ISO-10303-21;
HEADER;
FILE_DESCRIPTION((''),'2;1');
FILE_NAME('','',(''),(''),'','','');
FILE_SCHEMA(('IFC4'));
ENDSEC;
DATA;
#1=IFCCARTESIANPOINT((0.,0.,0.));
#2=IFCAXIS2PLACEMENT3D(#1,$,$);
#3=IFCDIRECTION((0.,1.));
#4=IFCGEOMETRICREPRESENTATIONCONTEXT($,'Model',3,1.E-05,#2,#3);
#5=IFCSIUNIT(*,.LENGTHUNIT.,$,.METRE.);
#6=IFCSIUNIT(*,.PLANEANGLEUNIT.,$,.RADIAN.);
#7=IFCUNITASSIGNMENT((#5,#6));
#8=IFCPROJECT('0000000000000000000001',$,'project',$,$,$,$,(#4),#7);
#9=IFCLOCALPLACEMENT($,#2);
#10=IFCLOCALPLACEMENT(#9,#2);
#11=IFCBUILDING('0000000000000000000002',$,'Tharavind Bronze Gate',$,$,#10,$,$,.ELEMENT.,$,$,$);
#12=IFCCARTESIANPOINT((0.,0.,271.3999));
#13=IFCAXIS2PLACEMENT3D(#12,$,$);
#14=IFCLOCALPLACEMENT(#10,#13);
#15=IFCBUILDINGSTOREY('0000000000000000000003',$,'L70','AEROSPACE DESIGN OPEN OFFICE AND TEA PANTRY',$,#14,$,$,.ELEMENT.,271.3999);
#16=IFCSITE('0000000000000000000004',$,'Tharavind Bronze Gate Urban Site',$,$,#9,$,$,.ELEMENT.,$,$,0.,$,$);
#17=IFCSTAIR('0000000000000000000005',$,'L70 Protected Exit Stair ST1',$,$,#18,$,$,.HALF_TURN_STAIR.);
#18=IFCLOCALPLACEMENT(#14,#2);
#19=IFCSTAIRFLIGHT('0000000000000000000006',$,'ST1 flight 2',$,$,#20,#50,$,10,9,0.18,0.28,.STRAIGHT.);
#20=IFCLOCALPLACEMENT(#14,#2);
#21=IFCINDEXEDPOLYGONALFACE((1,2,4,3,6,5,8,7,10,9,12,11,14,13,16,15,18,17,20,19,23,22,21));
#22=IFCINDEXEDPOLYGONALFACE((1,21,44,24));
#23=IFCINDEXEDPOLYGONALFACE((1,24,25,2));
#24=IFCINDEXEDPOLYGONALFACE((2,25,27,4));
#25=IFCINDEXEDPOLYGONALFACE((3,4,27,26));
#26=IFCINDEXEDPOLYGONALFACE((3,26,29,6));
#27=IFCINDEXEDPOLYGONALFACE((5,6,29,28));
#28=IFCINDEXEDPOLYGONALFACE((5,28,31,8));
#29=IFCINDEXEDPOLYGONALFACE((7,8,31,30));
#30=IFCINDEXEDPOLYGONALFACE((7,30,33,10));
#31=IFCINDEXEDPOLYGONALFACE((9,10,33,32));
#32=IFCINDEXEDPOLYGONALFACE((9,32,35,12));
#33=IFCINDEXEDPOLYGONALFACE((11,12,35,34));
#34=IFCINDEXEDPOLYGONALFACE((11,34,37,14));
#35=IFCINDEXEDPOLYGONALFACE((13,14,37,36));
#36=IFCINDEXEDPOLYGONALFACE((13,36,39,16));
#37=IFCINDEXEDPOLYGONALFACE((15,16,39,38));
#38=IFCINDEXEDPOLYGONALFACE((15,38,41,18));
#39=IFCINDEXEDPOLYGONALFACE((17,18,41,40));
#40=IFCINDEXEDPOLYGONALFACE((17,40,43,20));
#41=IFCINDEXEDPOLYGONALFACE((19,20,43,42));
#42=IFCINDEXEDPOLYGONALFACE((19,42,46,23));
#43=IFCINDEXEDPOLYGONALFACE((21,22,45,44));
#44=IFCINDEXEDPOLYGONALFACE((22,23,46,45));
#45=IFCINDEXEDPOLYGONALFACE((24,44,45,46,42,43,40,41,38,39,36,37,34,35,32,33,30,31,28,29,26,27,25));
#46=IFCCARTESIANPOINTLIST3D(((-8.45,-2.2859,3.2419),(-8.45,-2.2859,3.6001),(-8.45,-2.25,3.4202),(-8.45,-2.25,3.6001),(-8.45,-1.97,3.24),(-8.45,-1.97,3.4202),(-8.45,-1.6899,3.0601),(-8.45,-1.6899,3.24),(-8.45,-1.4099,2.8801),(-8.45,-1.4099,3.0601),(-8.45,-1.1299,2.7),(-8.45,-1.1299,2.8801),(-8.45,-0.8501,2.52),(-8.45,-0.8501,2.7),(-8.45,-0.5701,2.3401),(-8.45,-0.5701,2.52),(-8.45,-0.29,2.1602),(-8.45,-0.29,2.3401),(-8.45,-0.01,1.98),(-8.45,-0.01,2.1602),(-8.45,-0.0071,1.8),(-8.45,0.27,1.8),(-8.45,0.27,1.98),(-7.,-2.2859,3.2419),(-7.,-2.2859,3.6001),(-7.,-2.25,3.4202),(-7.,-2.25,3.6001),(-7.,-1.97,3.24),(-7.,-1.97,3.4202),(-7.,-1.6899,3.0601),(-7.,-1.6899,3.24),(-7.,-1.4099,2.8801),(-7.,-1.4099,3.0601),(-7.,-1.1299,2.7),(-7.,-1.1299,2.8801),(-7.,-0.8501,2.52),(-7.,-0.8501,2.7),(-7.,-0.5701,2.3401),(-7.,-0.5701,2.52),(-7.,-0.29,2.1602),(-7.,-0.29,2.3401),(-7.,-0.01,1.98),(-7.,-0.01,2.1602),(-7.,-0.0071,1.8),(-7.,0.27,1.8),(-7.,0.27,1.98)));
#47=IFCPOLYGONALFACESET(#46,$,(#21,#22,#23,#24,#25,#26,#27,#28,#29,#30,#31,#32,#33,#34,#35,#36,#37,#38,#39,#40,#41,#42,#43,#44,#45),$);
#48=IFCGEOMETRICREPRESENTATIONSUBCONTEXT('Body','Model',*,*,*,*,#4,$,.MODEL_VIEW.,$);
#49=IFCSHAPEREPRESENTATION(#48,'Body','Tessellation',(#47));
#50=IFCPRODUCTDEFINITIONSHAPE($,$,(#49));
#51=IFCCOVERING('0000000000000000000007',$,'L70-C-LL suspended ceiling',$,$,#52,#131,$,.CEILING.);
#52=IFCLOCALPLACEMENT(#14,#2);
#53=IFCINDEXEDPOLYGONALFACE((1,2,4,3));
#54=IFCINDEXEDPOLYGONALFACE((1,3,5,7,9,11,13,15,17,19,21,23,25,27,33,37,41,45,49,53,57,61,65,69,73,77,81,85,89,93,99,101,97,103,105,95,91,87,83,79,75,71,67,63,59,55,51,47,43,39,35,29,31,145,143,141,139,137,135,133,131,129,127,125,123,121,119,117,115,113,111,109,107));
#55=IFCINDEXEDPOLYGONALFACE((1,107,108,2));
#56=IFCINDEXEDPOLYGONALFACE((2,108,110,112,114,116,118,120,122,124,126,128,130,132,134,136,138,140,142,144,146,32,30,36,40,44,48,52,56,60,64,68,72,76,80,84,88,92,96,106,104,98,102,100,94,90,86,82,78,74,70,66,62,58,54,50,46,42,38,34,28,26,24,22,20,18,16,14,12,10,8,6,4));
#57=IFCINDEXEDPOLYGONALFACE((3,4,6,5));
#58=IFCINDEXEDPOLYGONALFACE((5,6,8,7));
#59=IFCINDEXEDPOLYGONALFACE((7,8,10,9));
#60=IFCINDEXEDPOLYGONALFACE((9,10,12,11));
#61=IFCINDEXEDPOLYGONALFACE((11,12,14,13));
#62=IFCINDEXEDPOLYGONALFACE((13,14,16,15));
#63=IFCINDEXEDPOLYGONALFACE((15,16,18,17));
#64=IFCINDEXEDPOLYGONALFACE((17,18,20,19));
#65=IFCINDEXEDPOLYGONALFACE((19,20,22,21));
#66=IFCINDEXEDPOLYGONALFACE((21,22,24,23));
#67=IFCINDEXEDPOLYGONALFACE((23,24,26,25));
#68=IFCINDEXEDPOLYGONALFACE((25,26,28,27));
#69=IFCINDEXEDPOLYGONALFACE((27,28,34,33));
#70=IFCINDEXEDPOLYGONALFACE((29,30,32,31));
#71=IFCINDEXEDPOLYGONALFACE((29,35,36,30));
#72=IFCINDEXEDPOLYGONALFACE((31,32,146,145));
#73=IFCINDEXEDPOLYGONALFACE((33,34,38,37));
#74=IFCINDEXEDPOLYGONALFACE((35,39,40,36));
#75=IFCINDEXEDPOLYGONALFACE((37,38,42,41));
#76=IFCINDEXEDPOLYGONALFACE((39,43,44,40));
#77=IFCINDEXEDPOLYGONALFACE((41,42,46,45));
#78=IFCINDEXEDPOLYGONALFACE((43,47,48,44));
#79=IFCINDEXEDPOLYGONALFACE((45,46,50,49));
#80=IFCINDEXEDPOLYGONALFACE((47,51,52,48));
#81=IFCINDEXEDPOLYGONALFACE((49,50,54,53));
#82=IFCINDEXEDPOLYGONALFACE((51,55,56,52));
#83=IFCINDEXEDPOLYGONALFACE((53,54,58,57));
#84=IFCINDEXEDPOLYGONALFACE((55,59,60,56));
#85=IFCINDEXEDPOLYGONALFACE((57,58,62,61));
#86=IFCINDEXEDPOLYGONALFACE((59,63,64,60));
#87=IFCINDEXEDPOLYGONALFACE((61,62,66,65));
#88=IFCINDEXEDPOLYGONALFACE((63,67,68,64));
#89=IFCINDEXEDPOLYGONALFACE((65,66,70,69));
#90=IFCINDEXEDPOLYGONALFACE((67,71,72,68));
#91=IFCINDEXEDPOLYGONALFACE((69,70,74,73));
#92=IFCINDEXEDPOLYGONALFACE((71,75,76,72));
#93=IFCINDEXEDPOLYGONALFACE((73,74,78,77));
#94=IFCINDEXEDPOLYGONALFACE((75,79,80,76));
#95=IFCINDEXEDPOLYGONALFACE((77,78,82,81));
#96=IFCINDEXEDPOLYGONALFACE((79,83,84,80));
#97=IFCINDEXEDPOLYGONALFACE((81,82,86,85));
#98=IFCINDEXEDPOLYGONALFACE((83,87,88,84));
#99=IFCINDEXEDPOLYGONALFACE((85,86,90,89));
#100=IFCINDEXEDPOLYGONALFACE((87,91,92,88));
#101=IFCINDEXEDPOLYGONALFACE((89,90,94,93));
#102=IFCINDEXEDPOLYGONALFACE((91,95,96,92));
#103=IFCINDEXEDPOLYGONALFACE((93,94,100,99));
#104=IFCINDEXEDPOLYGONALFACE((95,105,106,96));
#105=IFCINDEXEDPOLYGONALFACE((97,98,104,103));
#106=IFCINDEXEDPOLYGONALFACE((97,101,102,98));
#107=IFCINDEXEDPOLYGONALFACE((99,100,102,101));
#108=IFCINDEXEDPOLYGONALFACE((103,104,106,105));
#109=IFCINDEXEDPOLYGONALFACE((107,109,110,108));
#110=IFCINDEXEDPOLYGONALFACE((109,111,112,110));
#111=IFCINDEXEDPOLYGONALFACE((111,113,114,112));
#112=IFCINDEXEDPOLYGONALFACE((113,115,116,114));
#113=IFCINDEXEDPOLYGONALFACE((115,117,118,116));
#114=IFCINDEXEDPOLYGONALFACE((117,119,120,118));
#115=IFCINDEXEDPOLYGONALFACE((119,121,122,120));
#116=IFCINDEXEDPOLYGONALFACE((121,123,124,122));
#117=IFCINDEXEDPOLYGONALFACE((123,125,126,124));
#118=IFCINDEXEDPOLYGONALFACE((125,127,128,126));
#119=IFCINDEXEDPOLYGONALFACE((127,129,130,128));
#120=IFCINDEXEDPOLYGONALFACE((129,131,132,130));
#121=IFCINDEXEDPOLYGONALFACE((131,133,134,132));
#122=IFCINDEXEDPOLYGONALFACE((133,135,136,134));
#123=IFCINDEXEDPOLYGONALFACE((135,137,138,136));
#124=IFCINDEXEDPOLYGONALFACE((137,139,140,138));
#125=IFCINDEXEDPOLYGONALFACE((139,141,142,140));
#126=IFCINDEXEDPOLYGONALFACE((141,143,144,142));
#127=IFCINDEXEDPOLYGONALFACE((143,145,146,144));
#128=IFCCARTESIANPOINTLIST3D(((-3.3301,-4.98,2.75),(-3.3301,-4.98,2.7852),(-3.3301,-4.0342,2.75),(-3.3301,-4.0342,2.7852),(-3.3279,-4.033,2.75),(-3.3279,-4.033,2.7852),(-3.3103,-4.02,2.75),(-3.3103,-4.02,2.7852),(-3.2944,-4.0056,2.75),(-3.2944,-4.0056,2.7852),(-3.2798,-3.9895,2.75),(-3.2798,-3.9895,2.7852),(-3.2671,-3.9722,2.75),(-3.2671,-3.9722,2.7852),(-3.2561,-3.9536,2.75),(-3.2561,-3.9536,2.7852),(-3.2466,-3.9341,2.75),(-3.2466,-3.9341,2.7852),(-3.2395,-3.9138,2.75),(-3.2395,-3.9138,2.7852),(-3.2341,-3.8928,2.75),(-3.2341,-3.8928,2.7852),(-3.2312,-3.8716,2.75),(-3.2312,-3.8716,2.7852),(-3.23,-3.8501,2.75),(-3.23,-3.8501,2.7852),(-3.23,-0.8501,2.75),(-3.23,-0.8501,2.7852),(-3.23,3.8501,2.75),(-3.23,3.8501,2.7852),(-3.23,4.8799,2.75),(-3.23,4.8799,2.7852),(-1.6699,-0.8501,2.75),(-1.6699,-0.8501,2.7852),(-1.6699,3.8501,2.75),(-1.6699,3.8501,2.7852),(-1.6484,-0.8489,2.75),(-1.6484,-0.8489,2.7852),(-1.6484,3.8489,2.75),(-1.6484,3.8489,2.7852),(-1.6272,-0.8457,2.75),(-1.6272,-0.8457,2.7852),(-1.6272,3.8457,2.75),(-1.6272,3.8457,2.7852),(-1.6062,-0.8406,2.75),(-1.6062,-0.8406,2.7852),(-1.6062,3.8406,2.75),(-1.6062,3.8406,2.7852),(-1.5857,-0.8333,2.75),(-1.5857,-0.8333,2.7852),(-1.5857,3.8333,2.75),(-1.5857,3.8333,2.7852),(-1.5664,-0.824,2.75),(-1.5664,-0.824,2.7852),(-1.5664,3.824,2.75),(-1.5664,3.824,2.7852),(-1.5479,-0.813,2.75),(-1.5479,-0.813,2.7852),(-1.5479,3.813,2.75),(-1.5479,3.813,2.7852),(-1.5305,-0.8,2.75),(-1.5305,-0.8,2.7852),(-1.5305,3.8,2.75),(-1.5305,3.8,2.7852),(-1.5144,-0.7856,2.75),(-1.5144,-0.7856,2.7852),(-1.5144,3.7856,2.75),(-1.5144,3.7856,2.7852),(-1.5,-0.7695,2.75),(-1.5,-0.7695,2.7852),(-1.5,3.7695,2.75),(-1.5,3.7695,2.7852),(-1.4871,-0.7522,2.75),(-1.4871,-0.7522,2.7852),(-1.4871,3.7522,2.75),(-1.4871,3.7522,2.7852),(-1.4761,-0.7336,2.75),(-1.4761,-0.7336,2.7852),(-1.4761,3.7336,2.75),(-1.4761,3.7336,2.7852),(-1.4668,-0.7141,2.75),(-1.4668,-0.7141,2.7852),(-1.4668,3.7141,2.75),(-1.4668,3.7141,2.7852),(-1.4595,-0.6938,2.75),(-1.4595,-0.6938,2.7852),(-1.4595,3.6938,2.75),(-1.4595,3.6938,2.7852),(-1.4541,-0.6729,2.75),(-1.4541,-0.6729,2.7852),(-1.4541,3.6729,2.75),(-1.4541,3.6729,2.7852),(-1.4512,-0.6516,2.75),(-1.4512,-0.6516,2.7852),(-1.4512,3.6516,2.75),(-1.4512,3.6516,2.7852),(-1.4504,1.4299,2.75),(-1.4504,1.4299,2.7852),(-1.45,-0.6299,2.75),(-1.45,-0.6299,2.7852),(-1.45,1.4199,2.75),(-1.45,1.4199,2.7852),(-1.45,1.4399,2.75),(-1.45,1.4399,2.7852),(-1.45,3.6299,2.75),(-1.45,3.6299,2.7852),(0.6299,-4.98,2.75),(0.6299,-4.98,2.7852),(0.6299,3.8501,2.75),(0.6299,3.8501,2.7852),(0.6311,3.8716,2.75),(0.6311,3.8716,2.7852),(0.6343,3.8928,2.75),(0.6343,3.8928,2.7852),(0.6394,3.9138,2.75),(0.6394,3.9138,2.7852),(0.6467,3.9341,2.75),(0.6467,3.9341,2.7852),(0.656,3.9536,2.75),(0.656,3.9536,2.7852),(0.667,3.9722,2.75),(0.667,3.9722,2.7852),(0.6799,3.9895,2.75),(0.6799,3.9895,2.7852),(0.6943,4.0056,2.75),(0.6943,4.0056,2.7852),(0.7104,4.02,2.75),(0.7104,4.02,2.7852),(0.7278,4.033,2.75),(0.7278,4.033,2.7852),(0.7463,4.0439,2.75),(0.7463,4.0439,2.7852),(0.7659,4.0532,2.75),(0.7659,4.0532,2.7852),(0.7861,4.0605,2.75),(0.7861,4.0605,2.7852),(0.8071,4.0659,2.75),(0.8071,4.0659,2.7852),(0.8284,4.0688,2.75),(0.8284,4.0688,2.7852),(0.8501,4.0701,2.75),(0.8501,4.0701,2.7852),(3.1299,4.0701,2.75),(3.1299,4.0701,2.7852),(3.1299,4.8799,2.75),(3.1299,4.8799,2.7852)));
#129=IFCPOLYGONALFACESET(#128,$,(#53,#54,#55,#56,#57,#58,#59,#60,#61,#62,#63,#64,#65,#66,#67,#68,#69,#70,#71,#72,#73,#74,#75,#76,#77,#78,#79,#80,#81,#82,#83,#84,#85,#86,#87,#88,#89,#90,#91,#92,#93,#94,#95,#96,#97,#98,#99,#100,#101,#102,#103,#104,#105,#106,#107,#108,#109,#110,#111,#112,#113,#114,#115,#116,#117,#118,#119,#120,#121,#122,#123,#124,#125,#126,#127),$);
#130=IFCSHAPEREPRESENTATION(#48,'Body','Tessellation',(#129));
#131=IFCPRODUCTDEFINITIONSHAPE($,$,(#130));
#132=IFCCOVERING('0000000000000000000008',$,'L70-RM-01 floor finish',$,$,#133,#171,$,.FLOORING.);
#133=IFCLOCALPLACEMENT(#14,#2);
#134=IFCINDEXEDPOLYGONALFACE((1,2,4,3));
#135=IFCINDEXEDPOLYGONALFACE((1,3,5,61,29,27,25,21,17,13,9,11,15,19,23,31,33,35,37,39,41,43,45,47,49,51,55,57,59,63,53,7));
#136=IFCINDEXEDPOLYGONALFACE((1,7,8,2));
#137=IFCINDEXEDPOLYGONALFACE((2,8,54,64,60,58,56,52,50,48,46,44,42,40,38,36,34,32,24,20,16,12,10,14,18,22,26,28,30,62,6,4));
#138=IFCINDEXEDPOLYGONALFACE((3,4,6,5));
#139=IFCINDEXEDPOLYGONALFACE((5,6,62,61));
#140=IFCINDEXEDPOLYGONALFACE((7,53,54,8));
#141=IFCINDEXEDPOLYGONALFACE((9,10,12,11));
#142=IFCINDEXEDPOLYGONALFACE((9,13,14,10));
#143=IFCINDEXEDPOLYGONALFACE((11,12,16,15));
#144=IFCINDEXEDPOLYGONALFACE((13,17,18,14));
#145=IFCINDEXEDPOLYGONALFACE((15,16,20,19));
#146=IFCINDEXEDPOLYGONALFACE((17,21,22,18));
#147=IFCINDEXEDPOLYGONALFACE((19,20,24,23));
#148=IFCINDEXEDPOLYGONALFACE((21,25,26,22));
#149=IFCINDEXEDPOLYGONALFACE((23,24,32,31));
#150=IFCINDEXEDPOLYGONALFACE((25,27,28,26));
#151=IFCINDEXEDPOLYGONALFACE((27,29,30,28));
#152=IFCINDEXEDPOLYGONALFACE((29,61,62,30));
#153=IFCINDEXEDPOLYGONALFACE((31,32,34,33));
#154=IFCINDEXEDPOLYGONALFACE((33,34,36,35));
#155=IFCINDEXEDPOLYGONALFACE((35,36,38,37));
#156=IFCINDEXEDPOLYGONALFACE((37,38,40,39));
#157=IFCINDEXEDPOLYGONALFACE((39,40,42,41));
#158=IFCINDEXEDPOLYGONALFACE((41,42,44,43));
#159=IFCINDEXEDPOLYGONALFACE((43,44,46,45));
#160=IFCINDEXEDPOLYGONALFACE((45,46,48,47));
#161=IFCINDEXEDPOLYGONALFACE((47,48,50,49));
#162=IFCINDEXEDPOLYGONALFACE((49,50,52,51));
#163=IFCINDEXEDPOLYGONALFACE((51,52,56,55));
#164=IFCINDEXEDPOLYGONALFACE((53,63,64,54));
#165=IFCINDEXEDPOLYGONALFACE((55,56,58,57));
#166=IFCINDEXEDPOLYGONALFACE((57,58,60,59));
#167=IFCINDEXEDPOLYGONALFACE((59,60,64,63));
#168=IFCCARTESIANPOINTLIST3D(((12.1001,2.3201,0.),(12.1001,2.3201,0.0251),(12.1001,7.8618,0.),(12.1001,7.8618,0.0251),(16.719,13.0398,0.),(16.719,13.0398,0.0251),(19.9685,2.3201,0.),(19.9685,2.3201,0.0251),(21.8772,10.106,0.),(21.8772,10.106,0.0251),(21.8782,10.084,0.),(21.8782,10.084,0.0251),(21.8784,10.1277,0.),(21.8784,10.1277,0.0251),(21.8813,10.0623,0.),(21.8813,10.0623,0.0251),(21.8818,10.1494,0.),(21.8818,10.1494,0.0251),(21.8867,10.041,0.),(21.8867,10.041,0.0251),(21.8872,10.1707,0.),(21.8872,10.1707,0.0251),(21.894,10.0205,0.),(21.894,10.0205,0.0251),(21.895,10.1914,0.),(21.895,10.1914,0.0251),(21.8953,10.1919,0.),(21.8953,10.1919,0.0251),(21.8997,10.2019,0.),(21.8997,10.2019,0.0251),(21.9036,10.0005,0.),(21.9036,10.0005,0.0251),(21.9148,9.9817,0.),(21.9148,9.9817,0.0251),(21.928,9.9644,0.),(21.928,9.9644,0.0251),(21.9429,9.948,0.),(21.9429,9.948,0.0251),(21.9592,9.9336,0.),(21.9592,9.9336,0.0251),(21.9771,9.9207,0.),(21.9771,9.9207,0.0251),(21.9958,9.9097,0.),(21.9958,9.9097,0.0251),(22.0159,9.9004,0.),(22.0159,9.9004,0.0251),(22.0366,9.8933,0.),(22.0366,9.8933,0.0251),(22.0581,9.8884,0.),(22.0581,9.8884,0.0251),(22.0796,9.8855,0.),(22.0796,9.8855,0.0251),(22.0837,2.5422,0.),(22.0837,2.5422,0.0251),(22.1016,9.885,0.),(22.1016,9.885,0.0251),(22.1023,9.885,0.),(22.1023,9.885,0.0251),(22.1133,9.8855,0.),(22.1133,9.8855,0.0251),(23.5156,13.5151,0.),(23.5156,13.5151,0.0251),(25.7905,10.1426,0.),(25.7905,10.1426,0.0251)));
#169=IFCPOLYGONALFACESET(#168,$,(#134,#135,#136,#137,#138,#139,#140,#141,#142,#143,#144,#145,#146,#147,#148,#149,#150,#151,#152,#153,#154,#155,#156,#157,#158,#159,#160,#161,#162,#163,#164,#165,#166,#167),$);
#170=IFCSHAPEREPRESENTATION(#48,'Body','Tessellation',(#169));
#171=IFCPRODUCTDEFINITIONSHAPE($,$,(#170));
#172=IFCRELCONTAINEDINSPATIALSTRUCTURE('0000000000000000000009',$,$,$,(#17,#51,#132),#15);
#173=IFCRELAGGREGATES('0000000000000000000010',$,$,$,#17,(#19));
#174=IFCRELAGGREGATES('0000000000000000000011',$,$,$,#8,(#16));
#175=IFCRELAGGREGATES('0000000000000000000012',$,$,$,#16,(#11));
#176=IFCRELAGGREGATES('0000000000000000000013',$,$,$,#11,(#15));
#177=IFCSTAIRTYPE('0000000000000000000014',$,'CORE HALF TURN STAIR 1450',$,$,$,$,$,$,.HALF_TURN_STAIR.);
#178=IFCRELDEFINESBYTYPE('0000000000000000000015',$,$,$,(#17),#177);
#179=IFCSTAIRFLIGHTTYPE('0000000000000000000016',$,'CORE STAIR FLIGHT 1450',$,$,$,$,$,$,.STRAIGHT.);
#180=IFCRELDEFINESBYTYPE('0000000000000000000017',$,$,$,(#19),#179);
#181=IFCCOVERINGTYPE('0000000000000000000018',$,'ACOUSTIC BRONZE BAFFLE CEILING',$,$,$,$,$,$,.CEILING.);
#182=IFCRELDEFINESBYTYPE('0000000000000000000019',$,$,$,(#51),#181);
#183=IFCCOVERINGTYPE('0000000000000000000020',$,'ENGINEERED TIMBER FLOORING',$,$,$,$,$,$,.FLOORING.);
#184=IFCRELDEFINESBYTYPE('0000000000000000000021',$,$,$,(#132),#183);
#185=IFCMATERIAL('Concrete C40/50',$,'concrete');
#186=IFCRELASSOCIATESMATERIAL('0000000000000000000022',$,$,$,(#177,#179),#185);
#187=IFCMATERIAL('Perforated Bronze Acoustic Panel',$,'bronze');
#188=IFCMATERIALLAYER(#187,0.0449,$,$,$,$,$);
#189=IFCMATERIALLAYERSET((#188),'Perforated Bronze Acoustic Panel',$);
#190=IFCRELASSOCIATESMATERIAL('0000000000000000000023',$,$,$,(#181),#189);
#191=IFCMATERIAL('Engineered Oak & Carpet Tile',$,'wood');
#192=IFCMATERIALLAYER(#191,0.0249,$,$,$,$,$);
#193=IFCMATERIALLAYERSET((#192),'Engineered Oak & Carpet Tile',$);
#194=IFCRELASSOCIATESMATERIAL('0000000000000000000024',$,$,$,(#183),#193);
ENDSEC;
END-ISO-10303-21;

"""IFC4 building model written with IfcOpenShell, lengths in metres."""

from ifc_helpers import new_model, si_unit, direction, frame, origin, place, context, subcontext, project, spatial, polyline, outline, extrude, material, layer, layer_set, type_object, element, aggregate, save


model = new_model("IFC4")

# Units and contexts
model_context = context("Model", 3, precision=1e-05, world=origin(), true_north=direction((0.0, 1.0)))
body_context = subcontext(model_context, "Body", "Model", "MODEL_VIEW")
ifc_project = project(units=[si_unit("LENGTHUNIT", "METRE"), si_unit("PLANEANGLEUNIT", "RADIAN")], contexts=[model_context])

# Site, building, storey
site_placement = place(None, origin())
site = spatial("IfcSite", under=ifc_project, at=site_placement, Name="Tharavind Bronze Gate Urban Site", CompositionType="ELEMENT", RefElevation=0.0)
building_placement = place(site_placement, origin())
building = spatial("IfcBuilding", under=site, at=building_placement, Name="Tharavind Bronze Gate", CompositionType="ELEMENT")
storey_placement = place(building_placement, frame((0.0, 0.0, 271.3999)))
storey = spatial("IfcBuildingStorey", under=building, at=storey_placement, Name="L70", Description="AEROSPACE DESIGN OPEN OFFICE AND TEA PANTRY", CompositionType="ELEMENT", Elevation=271.3999)

# Shared definitions
ifc_material_1 = material(Name="Concrete C40/50", Category="concrete")

# Stair
stair_type = type_object("IfcStairType", Name="CORE HALF TURN STAIR 1450", PredefinedType="HALF_TURN_STAIR", material=ifc_material_1)
stair_1_placement = place(storey_placement, origin())
stair_1 = element("IfcStair", 1, at=stair_1_placement, inside=storey, type_object=stair_type, Name="L70 Protected Exit Stair ST1", PredefinedType="HALF_TURN_STAIR")

# Stair flight
stair_flight_type = type_object("IfcStairFlightType", Name="CORE STAIR FLIGHT 1450", PredefinedType="STRAIGHT", material=ifc_material_1)
stair_flight_placement = place(storey_placement, frame((-7.7251, 0.27, 1.8), z_axis=(0.0, 0.0, 1.0), x_axis=(0.0, -1.0, 0.0)))
stair_flight = element("IfcStairFlight", 2, at=stair_flight_placement, type_object=stair_flight_type, Name="ST1 flight 2", NumberOfRisers=10, NumberOfTreads=9, PredefinedType="STRAIGHT", RiserHeight=0.18, TreadLength=0.28, context=body_context, shape_type="SweptSolid", body=[
    extrude(outline(polyline([(0.0, 0.0), (0.0, 0.1799), (0.28, 0.1799), (0.28, 0.3601), (0.5601, 0.3601), (0.5601, 0.54), (0.8401, 0.54), (0.8401, 0.72), (1.1201, 0.72), (1.1201, 0.8999), (1.3999, 0.8999), (1.3999, 1.0801), (1.6799, 1.0801), (1.6799, 1.26), (1.96, 1.26), (1.96, 1.4399), (2.24, 1.4399), (2.24, 1.6201), (2.52, 1.6201), (2.52, 1.8), (2.5559, 1.8), (2.5559, 1.4419), (0.2771, 0.0), (0.0, 0.0)])), frame((0.0, 0.7251, 0.0), z_axis=(0.0, -1.0, 0.0), x_axis=(1.0, 0.0, 0.0)), (0.0, 0.0, 1.0), 1.45),
])
aggregate(stair_1, [stair_flight])

# Coverings
ifc_material_2 = material(Name="Perforated Bronze Acoustic Panel", Category="bronze")
ifc_layer_1 = layer(ifc_material_2, 0.0449)
ifc_layer_set_1 = layer_set([ifc_layer_1], Name="Perforated Bronze Acoustic Panel")
covering_type_1 = type_object("IfcCoveringType", Name="ACOUSTIC BRONZE BAFFLE CEILING", PredefinedType="CEILING", material=ifc_layer_set_1)
covering_1_placement = place(storey_placement, frame((0.0, 0.0, 2.75)))
element("IfcCovering", 3, at=covering_1_placement, inside=storey, type_object=covering_type_1, Name="L70-C-LL suspended ceiling", PredefinedType="CEILING", context=body_context, shape_type="SweptSolid", body=[
    extrude(outline(polyline([(-3.3301, -4.98), (0.6299, -4.98), (0.6299, 3.8501), (0.6311, 3.8716), (0.6343, 3.8928), (0.6394, 3.9138), (0.6467, 3.9341), (0.656, 3.9536), (0.667, 3.9722), (0.6799, 3.9895), (0.6943, 4.0056), (0.7104, 4.02), (0.7278, 4.033), (0.7463, 4.0439), (0.7659, 4.0532), (0.7861, 4.0605), (0.8071, 4.0659), (0.8284, 4.0688), (0.8501, 4.0701), (3.1299, 4.0701), (3.1299, 4.8799), (-3.23, 4.8799), (-3.23, 3.8501), (-1.6699, 3.8501), (-1.6484, 3.8489), (-1.6272, 3.8457), (-1.6062, 3.8406), (-1.5857, 3.8333), (-1.5664, 3.824), (-1.5479, 3.813), (-1.5305, 3.8), (-1.5144, 3.7856), (-1.5, 3.7695), (-1.4871, 3.7522), (-1.4761, 3.7336), (-1.4668, 3.7141), (-1.4595, 3.6938), (-1.4541, 3.6729), (-1.4512, 3.6516), (-1.45, 3.6299), (-1.45, 1.4399), (-1.4504, 1.4299), (-1.45, 1.4199), (-1.45, -0.6299), (-1.4512, -0.6516), (-1.4541, -0.6729), (-1.4595, -0.6938), (-1.4668, -0.7141), (-1.4761, -0.7336), (-1.4871, -0.7522), (-1.5, -0.7695), (-1.5144, -0.7856), (-1.5305, -0.8), (-1.5479, -0.813), (-1.5664, -0.824), (-1.5857, -0.8333), (-1.6062, -0.8406), (-1.6272, -0.8457), (-1.6484, -0.8489), (-1.6699, -0.8501), (-3.23, -0.8501), (-3.23, -3.8501), (-3.2312, -3.8716), (-3.2341, -3.8928), (-3.2395, -3.9138), (-3.2466, -3.9341), (-3.2561, -3.9536), (-3.2671, -3.9722), (-3.2798, -3.9895), (-3.2944, -4.0056), (-3.3103, -4.02), (-3.3279, -4.033), (-3.3301, -4.0342), (-3.3301, -4.98)])), origin(), (0.0, 0.0, 1.0), 0.0352),
])
ifc_material_3 = material(Name="Engineered Oak & Carpet Tile", Category="wood")
ifc_layer_2 = layer(ifc_material_3, 0.0249)
ifc_layer_set_2 = layer_set([ifc_layer_2], Name="Engineered Oak & Carpet Tile")
covering_type_2 = type_object("IfcCoveringType", Name="ENGINEERED TIMBER FLOORING", PredefinedType="FLOORING", material=ifc_layer_set_2)
covering_2_placement = place(storey_placement, origin())
element("IfcCovering", 4, at=covering_2_placement, inside=storey, type_object=covering_type_2, Name="L70-RM-01 floor finish", PredefinedType="FLOORING", context=body_context, shape_type="SweptSolid", body=[
    extrude(outline(polyline([(19.9685, 2.3201), (22.0837, 2.5422), (25.7905, 10.1426), (22.1133, 9.8855), (22.1023, 9.885), (22.1016, 9.885), (22.0796, 9.8855), (22.0581, 9.8884), (22.0366, 9.8933), (22.0159, 9.9004), (21.9958, 9.9097), (21.9771, 9.9207), (21.9592, 9.9336), (21.9429, 9.948), (21.928, 9.9644), (21.9148, 9.9817), (21.9036, 10.0005), (21.894, 10.0205), (21.8867, 10.041), (21.8813, 10.0623), (21.8782, 10.084), (21.8772, 10.106), (21.8784, 10.1277), (21.8818, 10.1494), (21.8872, 10.1707), (21.895, 10.1914), (21.8953, 10.1919), (21.8997, 10.2019), (23.5156, 13.5151), (16.719, 13.0398), (12.1001, 7.8618), (12.1001, 2.3201), (19.9685, 2.3201)])), origin(), (0.0, 0.0, 1.0), 0.0251),
])

save(model, "model.ifc")
